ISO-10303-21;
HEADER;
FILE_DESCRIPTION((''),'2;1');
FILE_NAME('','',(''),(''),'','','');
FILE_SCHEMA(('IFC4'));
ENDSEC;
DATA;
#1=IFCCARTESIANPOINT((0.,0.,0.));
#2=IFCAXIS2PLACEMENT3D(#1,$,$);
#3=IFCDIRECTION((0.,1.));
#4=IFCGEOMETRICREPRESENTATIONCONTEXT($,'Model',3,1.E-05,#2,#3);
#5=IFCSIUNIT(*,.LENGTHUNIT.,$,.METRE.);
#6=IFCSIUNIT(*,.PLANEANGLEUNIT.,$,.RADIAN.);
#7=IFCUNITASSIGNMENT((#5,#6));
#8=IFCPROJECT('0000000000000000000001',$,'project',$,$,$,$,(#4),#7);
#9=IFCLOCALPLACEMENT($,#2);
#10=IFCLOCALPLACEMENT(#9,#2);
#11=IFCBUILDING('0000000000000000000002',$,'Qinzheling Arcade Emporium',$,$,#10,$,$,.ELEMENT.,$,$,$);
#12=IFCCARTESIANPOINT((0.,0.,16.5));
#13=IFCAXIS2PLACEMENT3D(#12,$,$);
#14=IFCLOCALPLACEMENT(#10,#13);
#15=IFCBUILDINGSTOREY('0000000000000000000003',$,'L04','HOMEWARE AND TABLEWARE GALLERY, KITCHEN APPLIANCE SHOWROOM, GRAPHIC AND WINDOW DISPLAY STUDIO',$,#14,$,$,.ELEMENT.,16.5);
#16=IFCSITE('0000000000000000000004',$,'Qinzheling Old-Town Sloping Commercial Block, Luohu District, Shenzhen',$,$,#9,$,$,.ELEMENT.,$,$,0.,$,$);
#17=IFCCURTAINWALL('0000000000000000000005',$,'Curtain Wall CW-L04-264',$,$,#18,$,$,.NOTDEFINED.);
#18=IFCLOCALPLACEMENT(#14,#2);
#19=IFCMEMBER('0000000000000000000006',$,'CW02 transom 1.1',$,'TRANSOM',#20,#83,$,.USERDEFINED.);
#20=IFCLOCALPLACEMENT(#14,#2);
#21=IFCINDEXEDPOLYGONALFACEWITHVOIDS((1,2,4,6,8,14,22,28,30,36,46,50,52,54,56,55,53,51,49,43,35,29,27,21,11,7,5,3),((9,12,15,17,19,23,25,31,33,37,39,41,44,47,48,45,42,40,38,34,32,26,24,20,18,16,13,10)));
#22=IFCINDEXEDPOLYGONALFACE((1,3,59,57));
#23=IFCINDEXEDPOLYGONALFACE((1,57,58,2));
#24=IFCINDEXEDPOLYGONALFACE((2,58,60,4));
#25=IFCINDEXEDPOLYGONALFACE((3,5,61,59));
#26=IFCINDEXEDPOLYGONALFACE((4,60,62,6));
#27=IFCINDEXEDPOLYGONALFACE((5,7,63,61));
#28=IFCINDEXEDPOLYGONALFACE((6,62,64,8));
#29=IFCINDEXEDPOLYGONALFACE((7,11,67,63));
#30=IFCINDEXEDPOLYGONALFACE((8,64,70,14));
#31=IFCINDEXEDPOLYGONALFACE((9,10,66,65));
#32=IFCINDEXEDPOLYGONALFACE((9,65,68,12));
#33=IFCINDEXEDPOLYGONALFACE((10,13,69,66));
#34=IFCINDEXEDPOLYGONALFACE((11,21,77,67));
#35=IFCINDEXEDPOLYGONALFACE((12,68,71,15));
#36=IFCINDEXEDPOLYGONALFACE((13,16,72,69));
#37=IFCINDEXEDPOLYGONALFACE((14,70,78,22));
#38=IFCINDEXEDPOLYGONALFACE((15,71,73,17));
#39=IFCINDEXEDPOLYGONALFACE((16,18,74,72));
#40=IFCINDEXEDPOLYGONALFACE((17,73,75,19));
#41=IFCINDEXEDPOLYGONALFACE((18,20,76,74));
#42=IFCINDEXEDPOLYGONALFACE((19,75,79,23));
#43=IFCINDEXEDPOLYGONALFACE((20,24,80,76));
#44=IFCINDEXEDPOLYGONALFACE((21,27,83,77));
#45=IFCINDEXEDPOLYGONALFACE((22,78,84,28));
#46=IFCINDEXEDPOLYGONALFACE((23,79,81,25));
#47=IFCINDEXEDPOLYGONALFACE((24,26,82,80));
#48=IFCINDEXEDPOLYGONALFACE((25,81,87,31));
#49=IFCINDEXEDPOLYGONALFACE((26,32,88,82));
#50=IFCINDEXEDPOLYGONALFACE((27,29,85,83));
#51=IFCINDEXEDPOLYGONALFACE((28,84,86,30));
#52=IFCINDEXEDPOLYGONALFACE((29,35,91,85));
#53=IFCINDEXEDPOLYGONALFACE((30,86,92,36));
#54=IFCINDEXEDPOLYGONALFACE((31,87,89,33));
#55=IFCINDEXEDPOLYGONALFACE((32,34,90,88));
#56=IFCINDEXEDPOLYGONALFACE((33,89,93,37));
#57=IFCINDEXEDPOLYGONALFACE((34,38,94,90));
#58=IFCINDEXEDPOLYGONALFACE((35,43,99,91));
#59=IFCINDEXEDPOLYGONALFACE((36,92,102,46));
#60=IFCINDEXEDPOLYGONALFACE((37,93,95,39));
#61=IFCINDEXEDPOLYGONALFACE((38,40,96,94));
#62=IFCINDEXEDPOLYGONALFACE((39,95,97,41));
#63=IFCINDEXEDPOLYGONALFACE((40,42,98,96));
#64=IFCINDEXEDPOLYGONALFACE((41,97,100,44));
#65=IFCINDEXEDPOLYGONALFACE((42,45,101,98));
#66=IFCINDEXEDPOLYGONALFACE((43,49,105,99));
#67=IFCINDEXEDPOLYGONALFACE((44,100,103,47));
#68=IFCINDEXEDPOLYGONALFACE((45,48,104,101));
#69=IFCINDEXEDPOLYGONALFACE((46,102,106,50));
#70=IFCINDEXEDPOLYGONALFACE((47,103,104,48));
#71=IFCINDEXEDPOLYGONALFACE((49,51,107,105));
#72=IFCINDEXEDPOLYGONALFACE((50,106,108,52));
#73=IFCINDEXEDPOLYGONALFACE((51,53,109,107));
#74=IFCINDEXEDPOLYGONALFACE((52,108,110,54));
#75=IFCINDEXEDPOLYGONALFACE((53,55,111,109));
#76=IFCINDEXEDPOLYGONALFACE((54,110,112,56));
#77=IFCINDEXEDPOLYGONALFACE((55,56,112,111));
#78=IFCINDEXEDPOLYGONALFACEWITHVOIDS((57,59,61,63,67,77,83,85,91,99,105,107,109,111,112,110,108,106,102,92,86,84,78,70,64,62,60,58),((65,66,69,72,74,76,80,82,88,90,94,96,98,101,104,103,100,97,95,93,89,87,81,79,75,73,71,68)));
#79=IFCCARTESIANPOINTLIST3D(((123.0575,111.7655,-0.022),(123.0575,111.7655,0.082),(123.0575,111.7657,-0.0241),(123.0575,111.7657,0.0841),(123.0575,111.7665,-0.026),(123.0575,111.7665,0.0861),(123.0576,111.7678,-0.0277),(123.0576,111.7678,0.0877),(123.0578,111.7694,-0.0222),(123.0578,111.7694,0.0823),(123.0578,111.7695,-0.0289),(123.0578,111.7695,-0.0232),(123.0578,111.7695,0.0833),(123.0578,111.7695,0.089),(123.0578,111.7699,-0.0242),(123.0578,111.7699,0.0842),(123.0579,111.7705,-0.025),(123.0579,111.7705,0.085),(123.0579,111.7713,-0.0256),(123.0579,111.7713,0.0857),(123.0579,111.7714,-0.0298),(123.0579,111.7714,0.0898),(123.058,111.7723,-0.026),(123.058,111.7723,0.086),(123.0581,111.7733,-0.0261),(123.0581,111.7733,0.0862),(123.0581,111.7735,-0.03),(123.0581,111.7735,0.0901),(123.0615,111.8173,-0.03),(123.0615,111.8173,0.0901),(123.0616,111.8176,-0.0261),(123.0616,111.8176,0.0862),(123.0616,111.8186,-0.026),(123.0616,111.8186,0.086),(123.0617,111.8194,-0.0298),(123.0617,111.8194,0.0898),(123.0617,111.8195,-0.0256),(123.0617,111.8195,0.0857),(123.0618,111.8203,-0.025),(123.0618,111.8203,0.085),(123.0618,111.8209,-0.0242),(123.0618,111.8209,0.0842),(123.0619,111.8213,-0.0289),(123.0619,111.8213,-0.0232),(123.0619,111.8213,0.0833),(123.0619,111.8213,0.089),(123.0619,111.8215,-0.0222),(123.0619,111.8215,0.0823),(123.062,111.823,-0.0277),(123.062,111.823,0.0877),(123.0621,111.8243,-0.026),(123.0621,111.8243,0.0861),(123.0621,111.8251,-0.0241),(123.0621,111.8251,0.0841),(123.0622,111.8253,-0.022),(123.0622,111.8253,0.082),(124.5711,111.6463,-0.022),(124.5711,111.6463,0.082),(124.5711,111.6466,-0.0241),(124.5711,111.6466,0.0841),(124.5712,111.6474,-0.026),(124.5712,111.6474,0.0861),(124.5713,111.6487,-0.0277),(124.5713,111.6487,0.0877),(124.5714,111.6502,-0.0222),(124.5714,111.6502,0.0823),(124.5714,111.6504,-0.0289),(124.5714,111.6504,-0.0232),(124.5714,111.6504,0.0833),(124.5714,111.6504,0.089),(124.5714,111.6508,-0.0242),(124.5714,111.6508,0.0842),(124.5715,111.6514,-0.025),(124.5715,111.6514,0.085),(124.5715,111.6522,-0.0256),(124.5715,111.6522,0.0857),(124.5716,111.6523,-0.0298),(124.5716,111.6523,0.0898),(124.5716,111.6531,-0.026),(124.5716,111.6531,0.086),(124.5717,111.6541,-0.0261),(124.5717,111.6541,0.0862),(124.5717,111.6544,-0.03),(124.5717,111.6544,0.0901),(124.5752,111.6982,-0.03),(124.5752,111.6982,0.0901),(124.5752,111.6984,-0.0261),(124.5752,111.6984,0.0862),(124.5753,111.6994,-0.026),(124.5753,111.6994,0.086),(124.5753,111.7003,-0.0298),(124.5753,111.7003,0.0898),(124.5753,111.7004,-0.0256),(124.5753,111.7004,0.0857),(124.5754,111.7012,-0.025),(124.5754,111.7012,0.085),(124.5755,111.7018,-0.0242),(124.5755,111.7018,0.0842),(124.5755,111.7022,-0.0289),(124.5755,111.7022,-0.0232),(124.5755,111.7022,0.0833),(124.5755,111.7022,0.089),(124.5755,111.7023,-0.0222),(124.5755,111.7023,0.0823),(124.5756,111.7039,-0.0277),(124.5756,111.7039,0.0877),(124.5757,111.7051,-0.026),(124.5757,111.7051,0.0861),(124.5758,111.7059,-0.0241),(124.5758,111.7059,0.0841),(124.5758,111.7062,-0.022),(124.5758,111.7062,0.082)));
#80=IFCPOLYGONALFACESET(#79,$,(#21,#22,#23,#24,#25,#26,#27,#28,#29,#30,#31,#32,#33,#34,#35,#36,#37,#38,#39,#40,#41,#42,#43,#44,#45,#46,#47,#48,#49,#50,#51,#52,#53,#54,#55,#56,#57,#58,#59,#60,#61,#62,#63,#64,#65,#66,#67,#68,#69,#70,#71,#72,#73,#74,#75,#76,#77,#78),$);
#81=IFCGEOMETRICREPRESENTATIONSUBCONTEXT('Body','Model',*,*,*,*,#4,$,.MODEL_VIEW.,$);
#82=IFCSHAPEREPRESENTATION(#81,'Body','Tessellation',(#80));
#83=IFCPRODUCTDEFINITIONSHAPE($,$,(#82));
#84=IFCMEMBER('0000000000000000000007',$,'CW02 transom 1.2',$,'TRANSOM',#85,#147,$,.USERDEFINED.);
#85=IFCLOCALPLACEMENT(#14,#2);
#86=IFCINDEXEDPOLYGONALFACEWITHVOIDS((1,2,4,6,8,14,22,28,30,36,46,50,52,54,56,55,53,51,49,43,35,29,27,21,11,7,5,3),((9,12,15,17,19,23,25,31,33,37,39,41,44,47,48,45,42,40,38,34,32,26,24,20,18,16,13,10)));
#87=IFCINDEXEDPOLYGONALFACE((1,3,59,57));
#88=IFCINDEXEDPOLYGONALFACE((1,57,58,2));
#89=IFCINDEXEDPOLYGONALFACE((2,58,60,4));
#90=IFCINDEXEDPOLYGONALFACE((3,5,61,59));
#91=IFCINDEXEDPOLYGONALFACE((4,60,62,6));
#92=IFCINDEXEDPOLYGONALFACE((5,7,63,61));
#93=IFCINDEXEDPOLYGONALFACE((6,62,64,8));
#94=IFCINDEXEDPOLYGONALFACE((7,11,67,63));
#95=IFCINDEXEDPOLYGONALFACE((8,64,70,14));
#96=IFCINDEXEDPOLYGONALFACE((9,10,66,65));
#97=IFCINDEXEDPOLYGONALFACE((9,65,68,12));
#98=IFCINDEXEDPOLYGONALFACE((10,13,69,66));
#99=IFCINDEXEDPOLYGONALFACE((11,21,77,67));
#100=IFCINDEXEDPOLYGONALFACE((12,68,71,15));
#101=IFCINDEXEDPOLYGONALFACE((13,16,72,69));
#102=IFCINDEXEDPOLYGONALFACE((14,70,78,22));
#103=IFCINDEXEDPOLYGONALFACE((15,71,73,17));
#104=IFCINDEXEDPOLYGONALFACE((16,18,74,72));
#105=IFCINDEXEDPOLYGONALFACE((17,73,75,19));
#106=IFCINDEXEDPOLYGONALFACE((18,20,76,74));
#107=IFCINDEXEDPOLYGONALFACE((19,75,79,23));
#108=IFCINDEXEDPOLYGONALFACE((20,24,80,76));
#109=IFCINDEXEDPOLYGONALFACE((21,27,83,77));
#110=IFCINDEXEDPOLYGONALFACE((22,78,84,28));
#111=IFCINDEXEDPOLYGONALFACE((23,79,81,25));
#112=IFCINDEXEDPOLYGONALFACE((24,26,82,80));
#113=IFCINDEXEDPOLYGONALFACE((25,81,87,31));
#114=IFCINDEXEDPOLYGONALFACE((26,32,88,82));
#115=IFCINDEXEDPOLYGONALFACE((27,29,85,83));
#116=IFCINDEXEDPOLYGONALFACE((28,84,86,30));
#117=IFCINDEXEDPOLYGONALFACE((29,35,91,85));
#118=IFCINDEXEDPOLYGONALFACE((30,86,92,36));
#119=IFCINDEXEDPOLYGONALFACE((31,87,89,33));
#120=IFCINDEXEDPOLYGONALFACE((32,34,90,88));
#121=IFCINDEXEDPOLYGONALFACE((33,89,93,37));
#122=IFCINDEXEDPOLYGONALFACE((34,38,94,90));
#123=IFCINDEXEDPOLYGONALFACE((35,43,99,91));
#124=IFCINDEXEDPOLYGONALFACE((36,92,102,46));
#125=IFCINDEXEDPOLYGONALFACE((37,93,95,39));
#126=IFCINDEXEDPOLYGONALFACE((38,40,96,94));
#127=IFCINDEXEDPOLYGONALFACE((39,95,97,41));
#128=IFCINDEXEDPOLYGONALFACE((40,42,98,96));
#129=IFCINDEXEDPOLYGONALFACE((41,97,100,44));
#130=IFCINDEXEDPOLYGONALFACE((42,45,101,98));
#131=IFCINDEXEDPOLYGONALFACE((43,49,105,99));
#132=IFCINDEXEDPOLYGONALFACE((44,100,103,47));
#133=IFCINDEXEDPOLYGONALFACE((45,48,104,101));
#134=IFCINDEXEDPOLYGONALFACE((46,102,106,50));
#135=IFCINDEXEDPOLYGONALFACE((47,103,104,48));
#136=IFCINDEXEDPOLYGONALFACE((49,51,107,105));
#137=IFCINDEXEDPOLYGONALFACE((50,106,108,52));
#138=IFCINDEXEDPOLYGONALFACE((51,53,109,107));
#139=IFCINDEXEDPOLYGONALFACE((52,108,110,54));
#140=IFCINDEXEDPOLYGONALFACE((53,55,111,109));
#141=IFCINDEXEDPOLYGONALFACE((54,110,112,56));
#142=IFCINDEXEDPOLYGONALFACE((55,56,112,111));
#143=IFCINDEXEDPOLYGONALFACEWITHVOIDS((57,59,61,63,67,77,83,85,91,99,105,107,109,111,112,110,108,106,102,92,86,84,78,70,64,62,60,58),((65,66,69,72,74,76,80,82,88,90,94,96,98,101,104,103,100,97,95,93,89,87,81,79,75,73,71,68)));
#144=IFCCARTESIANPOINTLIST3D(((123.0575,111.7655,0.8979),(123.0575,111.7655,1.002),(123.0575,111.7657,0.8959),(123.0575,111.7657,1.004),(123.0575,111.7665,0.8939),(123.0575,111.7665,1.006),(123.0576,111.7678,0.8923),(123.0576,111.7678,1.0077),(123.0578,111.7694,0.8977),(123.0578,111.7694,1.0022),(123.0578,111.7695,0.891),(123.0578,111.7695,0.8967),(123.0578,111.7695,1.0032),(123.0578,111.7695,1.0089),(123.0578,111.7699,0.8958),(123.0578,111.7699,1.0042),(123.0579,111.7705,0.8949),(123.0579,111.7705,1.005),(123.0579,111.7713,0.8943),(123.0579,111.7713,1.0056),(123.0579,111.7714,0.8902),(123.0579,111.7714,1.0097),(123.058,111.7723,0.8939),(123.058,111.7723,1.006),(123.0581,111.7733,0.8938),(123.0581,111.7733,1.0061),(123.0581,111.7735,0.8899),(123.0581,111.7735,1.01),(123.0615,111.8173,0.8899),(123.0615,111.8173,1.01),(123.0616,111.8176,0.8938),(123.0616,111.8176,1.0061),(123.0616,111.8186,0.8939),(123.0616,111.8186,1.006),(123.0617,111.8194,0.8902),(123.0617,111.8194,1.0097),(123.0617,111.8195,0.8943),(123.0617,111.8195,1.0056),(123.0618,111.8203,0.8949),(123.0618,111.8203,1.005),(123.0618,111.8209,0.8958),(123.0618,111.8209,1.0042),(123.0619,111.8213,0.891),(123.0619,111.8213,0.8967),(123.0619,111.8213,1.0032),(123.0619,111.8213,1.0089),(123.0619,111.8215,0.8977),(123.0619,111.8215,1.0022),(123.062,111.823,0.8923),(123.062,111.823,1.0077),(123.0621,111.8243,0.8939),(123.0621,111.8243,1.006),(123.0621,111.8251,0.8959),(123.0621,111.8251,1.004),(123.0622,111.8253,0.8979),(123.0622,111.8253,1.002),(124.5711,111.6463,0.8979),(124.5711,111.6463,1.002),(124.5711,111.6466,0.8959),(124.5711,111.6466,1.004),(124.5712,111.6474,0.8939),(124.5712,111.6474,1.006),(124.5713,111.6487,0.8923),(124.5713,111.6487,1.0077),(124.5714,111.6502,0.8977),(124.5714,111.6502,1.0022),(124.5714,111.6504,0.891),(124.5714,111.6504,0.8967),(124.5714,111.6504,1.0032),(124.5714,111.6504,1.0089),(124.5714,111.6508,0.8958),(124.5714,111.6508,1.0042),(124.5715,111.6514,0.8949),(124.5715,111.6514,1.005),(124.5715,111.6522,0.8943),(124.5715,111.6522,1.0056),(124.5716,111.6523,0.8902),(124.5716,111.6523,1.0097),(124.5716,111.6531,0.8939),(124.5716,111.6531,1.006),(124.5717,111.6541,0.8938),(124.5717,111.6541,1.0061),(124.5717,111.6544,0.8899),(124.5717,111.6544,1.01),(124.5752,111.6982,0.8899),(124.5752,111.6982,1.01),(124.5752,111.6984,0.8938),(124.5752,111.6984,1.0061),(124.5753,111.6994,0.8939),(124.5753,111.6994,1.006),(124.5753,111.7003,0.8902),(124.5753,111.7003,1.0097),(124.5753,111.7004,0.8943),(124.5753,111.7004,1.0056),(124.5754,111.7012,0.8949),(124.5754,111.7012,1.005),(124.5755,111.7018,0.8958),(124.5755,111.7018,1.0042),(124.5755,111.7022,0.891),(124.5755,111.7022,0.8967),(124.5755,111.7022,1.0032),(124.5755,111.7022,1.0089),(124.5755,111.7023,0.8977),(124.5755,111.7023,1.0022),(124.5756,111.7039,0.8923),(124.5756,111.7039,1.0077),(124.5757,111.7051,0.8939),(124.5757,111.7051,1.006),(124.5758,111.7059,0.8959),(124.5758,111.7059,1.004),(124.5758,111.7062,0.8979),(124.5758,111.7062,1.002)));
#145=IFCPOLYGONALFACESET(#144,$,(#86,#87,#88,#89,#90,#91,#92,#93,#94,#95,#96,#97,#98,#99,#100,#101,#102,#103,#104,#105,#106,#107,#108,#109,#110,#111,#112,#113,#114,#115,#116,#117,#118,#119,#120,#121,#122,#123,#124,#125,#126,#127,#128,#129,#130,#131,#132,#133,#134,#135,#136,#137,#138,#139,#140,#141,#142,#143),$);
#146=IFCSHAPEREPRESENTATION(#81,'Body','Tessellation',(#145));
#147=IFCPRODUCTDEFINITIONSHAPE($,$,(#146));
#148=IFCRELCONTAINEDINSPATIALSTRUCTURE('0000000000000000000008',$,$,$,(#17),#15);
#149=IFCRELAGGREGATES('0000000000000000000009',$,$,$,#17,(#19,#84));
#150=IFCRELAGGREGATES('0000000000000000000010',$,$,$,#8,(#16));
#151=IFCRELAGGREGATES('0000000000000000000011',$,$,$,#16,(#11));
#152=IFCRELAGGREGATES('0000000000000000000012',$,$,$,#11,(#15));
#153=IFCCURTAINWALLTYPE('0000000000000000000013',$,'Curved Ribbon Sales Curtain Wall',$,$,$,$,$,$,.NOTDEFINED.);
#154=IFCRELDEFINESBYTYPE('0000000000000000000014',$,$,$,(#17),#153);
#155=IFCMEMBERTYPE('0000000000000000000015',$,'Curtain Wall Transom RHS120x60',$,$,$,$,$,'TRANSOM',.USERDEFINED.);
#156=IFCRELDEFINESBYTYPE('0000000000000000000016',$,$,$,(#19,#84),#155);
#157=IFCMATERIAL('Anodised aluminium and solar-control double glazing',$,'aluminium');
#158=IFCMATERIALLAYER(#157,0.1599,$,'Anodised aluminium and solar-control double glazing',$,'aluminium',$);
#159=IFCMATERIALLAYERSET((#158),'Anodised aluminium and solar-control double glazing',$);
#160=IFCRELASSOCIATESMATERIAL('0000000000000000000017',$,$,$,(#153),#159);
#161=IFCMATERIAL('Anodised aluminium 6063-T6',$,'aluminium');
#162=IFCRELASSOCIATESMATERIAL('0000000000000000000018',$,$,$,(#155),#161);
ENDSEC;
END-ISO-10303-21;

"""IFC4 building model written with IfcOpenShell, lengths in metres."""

from ifc_helpers import new_model, si_unit, direction, frame, origin, origin_2d, place, context, subcontext, project, spatial, hollow_rectangle, extrude, material, layer, layer_set, material_profile, profile_set, type_object, element, aggregate, save


model = new_model("IFC4")

# Units and contexts
model_context = context("Model", 3, precision=1e-05, world=origin(), true_north=direction((0.0, 1.0)))
body_context = subcontext(model_context, "Body", "Model", "MODEL_VIEW")
ifc_project = project(units=[si_unit("LENGTHUNIT", "METRE"), si_unit("PLANEANGLEUNIT", "RADIAN")], contexts=[model_context])

# Site, building, storey
site_placement = place(None, origin())
site = spatial("IfcSite", under=ifc_project, at=site_placement, Name="Qinzheling Old-Town Sloping Commercial Block, Luohu District, Shenzhen", CompositionType="ELEMENT", RefElevation=0.0)
building_placement = place(site_placement, origin())
building = spatial("IfcBuilding", under=site, at=building_placement, Name="Qinzheling Arcade Emporium", CompositionType="ELEMENT")
storey_placement = place(building_placement, frame((0.0, 0.0, 16.5)))
storey = spatial("IfcBuildingStorey", under=building, at=storey_placement, Name="L04", Description="HOMEWARE AND TABLEWARE GALLERY, KITCHEN APPLIANCE SHOWROOM, GRAPHIC AND WINDOW DISPLAY STUDIO", CompositionType="ELEMENT", Elevation=16.5)

# Shared definitions
ifc_material_1 = material(Name="Anodised aluminium and solar-control double glazing", Category="aluminium")
ifc_material_2 = material(Name="Anodised aluminium 6063-T6", Category="aluminium")

# Curtain wall
ifc_layer_1 = layer(ifc_material_1, 0.1599, Name="Anodised aluminium and solar-control double glazing", Category="aluminium")
ifc_layer_set_1 = layer_set([ifc_layer_1], Name="Anodised aluminium and solar-control double glazing")
curtain_wall_type_1 = type_object("IfcCurtainWallType", Name="Curved Ribbon Sales Curtain Wall", PredefinedType="NOTDEFINED", material=ifc_layer_set_1)
curtain_wall_1_placement = place(storey_placement, origin())
curtain_wall_1 = element("IfcCurtainWall", 1, at=curtain_wall_1_placement, inside=storey, type_object=curtain_wall_type_1, Name="Curtain Wall CW-L04-264", PredefinedType="NOTDEFINED")

# Members
ifc_material_profile_1 = material_profile(ifc_material_2, hollow_rectangle(XDim=0.0601, YDim=0.1201, WallThickness=0.0039, InnerFilletRadius=0.0039, OuterFilletRadius=0.0081, at=origin_2d()), Name="RHS 120x60x4", Category="aluminium")
ifc_profile_set_1 = profile_set([ifc_material_profile_1], Name="Anodised aluminium 6063-T6")
member_type_1 = type_object("IfcMemberType", Name="Curtain Wall Transom RHS120x60", ElementType="TRANSOM", PredefinedType="USERDEFINED", material=ifc_profile_set_1)
member_1_placement = place(storey_placement, frame((123.0598, 111.7954, 0.03), z_axis=(0.996917, -0.078467, 0.0), x_axis=(0.078467, 0.996917, 0.0)))
member_1 = element("IfcMember", 2, at=member_1_placement, type_object=member_type_1, Name="CW02 transom 1.1", ObjectType="TRANSOM", PredefinedType="USERDEFINED", context=body_context, shape_type="SweptSolid", body=[
    extrude(hollow_rectangle(XDim=0.0601, YDim=0.1201, WallThickness=0.0039, InnerFilletRadius=0.0039, OuterFilletRadius=0.0081, at=origin_2d()), origin(), (0.0, 0.0, 1.0), 1.5183),
])
member_2_placement = place(storey_placement, frame((123.0598, 111.7954, 0.95), z_axis=(0.996917, -0.078467, 0.0), x_axis=(0.078467, 0.996917, 0.0)))
member_2 = element("IfcMember", 3, at=member_2_placement, type_object=member_type_1, Name="CW02 transom 1.2", ObjectType="TRANSOM", PredefinedType="USERDEFINED", context=body_context, shape_type="SweptSolid", body=[
    extrude(hollow_rectangle(XDim=0.0601, YDim=0.1201, WallThickness=0.0039, InnerFilletRadius=0.0039, OuterFilletRadius=0.0081, at=origin_2d()), origin(), (0.0, 0.0, 1.0), 1.5183),
])

aggregate(curtain_wall_1, [member_1, member_2])

save(model, "model.ifc")
